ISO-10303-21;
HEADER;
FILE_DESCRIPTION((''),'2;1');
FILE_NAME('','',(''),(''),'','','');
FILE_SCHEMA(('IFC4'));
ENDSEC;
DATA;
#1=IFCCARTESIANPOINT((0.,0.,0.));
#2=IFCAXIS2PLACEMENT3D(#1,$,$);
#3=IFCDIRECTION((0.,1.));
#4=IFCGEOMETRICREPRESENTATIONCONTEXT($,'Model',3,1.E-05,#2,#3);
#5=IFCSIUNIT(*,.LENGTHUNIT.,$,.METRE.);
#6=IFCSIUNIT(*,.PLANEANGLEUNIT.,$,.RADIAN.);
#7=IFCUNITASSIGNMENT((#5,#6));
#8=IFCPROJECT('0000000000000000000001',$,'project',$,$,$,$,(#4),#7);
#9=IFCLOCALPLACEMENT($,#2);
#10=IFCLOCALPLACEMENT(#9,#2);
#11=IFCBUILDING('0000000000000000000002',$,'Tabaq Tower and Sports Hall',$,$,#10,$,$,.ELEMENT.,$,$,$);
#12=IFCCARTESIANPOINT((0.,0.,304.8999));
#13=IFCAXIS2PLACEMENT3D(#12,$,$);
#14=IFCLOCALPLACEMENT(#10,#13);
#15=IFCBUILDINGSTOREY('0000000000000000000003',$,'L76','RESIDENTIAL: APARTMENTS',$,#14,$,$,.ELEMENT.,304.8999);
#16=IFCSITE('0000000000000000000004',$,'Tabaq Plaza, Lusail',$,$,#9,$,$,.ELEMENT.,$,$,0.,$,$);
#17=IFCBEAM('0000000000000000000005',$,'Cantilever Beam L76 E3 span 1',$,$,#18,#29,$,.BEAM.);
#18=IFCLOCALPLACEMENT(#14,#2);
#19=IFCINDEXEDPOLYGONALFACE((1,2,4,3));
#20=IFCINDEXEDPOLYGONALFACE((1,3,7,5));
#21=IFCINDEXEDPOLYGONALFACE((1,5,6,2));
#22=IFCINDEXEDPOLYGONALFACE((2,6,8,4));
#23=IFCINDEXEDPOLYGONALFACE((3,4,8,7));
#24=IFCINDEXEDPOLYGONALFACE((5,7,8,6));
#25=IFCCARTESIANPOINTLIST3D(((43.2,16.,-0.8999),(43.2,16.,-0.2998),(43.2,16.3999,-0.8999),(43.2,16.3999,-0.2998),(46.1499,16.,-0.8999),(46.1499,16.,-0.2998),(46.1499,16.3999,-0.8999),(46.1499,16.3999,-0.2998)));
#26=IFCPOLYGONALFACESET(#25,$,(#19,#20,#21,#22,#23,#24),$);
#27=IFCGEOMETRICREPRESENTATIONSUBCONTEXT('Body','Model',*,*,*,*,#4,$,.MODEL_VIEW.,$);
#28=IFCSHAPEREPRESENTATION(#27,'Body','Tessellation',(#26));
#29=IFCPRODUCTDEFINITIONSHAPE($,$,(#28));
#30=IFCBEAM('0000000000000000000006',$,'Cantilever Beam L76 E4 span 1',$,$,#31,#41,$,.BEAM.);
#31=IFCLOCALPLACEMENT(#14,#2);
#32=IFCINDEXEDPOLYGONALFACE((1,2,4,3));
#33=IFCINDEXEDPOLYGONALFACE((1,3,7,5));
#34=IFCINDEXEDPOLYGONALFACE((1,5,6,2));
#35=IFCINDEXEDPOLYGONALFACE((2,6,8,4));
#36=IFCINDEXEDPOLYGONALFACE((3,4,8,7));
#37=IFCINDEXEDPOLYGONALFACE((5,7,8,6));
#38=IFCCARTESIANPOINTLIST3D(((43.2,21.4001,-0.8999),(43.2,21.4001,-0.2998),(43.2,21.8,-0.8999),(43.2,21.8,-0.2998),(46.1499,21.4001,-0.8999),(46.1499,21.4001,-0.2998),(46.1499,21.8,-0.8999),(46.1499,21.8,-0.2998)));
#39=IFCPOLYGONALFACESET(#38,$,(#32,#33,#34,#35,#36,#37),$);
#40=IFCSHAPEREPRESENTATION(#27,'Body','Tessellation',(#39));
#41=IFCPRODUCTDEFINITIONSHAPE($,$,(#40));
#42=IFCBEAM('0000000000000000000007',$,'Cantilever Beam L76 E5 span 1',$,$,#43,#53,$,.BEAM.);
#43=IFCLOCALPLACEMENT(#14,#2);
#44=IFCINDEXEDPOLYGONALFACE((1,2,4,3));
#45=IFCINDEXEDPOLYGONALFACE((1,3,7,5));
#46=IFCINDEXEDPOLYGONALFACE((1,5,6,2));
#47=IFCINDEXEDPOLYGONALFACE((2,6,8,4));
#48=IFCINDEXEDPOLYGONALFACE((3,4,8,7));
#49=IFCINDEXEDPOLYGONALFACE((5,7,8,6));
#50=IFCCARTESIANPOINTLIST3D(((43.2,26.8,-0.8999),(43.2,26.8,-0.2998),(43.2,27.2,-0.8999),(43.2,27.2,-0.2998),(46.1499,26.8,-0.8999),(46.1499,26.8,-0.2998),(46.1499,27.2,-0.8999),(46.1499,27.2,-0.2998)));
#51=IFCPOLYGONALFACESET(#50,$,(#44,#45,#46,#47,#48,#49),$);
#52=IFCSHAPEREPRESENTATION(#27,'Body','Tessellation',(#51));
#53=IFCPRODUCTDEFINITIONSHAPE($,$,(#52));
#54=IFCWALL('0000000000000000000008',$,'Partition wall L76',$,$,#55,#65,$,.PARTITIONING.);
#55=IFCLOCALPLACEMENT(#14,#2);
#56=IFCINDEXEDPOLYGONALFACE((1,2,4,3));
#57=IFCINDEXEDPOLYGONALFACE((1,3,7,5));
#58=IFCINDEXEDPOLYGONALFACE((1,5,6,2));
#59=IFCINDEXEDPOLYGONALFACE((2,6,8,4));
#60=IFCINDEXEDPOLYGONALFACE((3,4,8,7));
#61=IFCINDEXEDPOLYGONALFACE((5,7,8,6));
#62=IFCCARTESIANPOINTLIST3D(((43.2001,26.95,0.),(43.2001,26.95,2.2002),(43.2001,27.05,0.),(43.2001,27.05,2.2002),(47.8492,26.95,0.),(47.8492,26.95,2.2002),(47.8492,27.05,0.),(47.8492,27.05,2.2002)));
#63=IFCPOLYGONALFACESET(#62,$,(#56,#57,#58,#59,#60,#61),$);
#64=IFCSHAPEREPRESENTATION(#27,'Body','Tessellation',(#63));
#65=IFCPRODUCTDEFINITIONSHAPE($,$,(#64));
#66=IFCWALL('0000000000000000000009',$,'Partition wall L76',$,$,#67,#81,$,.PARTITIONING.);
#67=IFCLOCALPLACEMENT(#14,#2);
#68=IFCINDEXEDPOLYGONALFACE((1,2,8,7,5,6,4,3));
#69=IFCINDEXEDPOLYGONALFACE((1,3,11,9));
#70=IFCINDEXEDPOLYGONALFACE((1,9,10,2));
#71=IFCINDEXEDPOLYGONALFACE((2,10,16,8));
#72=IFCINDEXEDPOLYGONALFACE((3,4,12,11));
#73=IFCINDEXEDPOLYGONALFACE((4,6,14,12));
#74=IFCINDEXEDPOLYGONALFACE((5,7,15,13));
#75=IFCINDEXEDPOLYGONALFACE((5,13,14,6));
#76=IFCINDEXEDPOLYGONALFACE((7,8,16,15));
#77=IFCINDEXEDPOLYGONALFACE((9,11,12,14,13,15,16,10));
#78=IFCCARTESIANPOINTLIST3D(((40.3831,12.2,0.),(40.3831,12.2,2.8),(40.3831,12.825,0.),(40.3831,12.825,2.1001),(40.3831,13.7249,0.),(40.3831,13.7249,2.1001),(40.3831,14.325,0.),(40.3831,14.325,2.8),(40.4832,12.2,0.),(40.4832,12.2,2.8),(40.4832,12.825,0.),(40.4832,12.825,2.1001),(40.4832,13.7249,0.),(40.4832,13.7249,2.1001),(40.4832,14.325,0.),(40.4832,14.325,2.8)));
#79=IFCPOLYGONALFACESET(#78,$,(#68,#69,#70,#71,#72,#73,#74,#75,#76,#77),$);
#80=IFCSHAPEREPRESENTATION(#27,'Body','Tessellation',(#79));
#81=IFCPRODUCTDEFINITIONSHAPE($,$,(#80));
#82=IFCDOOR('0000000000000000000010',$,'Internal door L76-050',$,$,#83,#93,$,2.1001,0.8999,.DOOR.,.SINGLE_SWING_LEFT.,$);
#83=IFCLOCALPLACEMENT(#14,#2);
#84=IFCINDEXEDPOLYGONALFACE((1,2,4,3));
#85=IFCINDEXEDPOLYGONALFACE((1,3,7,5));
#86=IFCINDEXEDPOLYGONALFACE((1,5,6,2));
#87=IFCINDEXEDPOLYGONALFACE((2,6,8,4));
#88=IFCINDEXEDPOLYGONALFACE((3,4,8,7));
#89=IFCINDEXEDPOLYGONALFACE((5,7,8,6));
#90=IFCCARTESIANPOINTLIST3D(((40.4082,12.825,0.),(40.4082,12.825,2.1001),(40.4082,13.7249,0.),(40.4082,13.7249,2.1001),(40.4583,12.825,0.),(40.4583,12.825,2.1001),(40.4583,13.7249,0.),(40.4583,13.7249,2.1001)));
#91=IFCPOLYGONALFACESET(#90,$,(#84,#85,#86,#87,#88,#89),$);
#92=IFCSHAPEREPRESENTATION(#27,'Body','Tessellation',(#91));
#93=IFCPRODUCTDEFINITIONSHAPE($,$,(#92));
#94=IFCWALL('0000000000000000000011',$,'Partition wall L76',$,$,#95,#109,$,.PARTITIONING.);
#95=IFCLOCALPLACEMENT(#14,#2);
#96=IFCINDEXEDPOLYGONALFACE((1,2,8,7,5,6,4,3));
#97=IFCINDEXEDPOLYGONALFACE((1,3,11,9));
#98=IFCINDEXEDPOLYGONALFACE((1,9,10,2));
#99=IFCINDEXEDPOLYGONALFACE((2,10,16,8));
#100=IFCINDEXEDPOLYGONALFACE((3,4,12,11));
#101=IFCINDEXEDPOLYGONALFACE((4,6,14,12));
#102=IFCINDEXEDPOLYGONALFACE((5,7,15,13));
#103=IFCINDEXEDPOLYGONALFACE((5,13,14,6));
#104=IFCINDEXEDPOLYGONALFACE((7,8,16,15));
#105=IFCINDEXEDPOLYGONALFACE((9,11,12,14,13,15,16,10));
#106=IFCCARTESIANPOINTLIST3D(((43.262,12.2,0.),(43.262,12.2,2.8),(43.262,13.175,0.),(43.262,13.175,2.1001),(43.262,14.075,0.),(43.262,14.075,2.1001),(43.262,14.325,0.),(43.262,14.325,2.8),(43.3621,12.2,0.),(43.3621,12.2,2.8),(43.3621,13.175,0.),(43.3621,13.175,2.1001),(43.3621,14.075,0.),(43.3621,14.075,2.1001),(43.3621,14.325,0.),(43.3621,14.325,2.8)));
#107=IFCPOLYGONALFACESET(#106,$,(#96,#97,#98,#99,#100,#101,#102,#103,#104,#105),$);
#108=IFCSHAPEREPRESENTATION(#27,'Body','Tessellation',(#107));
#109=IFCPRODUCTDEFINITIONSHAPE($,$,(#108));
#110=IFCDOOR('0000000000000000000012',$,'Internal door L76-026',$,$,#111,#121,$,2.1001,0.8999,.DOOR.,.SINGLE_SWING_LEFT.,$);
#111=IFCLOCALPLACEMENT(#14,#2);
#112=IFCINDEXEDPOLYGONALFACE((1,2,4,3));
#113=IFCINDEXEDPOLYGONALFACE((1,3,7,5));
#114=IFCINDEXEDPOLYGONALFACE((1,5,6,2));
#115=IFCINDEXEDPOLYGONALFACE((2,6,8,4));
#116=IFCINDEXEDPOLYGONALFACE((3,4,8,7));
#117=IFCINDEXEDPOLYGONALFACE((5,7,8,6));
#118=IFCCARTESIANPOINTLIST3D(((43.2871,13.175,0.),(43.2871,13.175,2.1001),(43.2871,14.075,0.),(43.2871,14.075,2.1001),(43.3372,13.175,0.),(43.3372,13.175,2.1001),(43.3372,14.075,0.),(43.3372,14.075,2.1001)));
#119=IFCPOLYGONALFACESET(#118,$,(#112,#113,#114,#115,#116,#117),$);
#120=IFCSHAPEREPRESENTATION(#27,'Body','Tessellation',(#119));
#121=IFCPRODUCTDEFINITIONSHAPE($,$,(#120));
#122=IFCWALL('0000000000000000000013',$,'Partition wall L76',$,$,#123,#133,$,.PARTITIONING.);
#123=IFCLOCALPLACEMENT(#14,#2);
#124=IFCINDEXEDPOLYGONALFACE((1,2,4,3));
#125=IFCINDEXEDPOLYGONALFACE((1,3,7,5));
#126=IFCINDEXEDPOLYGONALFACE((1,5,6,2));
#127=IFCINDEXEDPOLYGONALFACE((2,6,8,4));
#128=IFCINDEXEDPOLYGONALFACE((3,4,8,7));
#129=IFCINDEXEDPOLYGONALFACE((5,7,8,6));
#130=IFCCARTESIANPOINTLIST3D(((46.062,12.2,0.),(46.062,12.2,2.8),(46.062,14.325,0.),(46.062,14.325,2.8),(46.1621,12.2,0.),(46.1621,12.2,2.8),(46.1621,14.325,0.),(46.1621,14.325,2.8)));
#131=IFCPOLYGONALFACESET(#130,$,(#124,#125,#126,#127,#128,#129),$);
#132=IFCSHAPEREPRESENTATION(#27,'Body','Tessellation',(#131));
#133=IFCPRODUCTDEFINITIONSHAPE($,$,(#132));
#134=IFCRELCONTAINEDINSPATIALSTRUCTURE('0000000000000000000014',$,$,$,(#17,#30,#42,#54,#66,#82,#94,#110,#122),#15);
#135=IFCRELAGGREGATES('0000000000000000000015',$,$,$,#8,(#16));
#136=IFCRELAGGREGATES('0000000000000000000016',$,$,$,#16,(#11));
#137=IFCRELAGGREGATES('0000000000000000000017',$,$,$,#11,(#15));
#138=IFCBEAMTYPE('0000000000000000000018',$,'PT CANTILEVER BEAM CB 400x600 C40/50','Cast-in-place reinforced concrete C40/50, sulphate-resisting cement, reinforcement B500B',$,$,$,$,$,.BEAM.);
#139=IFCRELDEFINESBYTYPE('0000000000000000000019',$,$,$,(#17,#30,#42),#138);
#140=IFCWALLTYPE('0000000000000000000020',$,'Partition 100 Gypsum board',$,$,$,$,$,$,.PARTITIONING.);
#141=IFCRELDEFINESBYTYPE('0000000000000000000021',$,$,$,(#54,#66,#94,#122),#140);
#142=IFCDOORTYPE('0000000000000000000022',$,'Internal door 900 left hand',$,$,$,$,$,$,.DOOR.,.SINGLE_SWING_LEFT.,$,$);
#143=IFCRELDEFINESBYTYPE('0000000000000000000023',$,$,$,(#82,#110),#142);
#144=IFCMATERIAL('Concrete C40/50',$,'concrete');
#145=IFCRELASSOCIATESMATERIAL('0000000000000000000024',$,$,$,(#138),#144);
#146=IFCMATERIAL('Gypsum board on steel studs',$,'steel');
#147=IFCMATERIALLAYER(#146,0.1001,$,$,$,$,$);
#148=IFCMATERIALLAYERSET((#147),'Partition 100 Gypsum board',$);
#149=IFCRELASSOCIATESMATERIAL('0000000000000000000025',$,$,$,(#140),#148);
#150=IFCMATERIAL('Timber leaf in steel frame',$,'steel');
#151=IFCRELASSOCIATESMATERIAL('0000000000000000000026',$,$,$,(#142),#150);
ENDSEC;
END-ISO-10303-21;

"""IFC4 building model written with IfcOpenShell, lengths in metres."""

from ifc_helpers import new_model, si_unit, direction, frame, frame_2d, origin, origin_2d, place, context, subcontext, project, spatial, rectangle, extrude, material, layer, layer_set, material_profile, profile_set, type_object, element, fill, save


model = new_model("IFC4")

# Units and contexts
model_context = context("Model", 3, precision=1e-05, world=origin(), true_north=direction((0.0, 1.0)))
body_context = subcontext(model_context, "Body", "Model", "MODEL_VIEW")
ifc_project = project(units=[si_unit("LENGTHUNIT", "METRE"), si_unit("PLANEANGLEUNIT", "RADIAN")], contexts=[model_context])

# Site, building, storey
site_placement = place(None, origin())
site = spatial("IfcSite", under=ifc_project, at=site_placement, Name="Tabaq Plaza, Lusail", CompositionType="ELEMENT", RefElevation=0.0)
building_placement = place(site_placement, origin())
building = spatial("IfcBuilding", under=site, at=building_placement, Name="Tabaq Tower and Sports Hall", CompositionType="ELEMENT")
storey_placement = place(building_placement, frame((0.0, 0.0, 304.8999)))
storey = spatial("IfcBuildingStorey", under=building, at=storey_placement, Name="L76", Description="RESIDENTIAL: APARTMENTS", CompositionType="ELEMENT", Elevation=304.8999)

# Beams
ifc_material_1 = material(Name="Concrete C40/50", Category="concrete")
ifc_material_profile = material_profile(ifc_material_1, rectangle(XDim=0.3999, YDim=0.6001, at=origin_2d()), Name="CB 400x600")
ifc_profile_set = profile_set([ifc_material_profile], Name="Concrete C40/50")
beam_type = type_object("IfcBeamType", Name="PT CANTILEVER BEAM CB 400x600 C40/50", Description="Cast-in-place reinforced concrete C40/50, sulphate-resisting cement, reinforcement B500B", PredefinedType="BEAM", material=ifc_profile_set)
for number, where, z_axis, x_axis, name in (
    (1, (46.1499, 16.2, -0.5999), (-1.0, 0.0, 0.0), (0.0, -1.0, 0.0), "Cantilever Beam L76 E3 span 1"),
    (2, (46.1499, 21.6001, -0.5999), (-1.0, 0.0, 0.0), (0.0, -1.0, 0.0), "Cantilever Beam L76 E4 span 1"),
    (3, (46.1499, 27.0, -0.5999), (-1.0, 0.0, 0.0), (0.0, -1.0, 0.0), "Cantilever Beam L76 E5 span 1"),
):
    element("IfcBeam", number, at=place(storey_placement, frame(where, z_axis=z_axis, x_axis=x_axis)), inside=storey, type_object=beam_type, Name=name, PredefinedType="BEAM", context=body_context, shape_type="SweptSolid", body=[
        extrude(rectangle(XDim=0.3999, YDim=0.6001, at=origin_2d()), origin(), (0.0, 0.0, 1.0), 2.95),
    ])

# Wall
ifc_material_2 = material(Name="Gypsum board on steel studs", Category="steel")
ifc_layer_1 = layer(ifc_material_2, 0.1001)
ifc_layer_set_1 = layer_set([ifc_layer_1], Name="Partition 100 Gypsum board")
wall_type_1 = type_object("IfcWallType", Name="Partition 100 Gypsum board", PredefinedType="PARTITIONING", material=ifc_layer_set_1)
wall_1_placement = place(storey_placement, frame((43.2, 27.0, 0.0), z_axis=(0.0, 0.0, 1.0), x_axis=(1.0, 0.0, 0.0)))
element("IfcWall", 4, at=wall_1_placement, inside=storey, type_object=wall_type_1, Name="Partition wall L76", PredefinedType="PARTITIONING", context=body_context, shape_type="SweptSolid", body=[
    extrude(rectangle(XDim=4.6492, YDim=0.1001, at=frame_2d((2.3247, 0.0))), origin(), (0.0, 0.0, 1.0), 2.2002),
])

# Walls, openings, doors
wall_2_placement = place(storey_placement, frame((40.4331, 12.2, 0.0), z_axis=(0.0, 0.0, 1.0), x_axis=(0.0, 1.0, 0.0)))
wall_2 = element("IfcWall", 5, at=wall_2_placement, inside=storey, type_object=wall_type_1, Name="Partition wall L76", PredefinedType="PARTITIONING", context=body_context, shape_type="SweptSolid", body=[
    extrude(rectangle(XDim=2.125, YDim=0.1001, at=frame_2d((1.0625, 0.0))), origin(), (0.0, 0.0, 1.0), 2.8),
])
opening_1_placement = place(wall_2_placement, frame((0.625, 0.0, 0.0)))
opening_1 = element("IfcOpeningElement", 6, at=opening_1_placement, cuts=wall_2, PredefinedType="OPENING", context=body_context, shape_type="SweptSolid", body=[
    extrude(rectangle(XDim=0.8999, YDim=2.1001, at=frame_2d((0.45, 1.05))), frame((0.0, 0.05, 0.0), z_axis=(0.0, -1.0, 0.0), x_axis=(1.0, 0.0, 0.0)), (0.0, 0.0, 1.0), 0.1001),
])
ifc_material_3 = material(Name="Timber leaf in steel frame", Category="steel")
door_type_1 = type_object("IfcDoorType", Name="Internal door 900 left hand", OperationType="SINGLE_SWING_LEFT", PredefinedType="DOOR", material=ifc_material_3)
door_1_placement = place(opening_1_placement, origin())
door_1 = element("IfcDoor", 7, at=door_1_placement, inside=storey, type_object=door_type_1, Name="Internal door L76-050", OperationType="SINGLE_SWING_LEFT", OverallHeight=2.1001, OverallWidth=0.8999, PredefinedType="DOOR", context=body_context, shape_type="SweptSolid", body=[
    extrude(rectangle(XDim=0.8999, YDim=2.1001, at=frame_2d((0.45, 1.05))), frame((0.0, 0.0249, 0.0), z_axis=(0.0, -1.0, 0.0), x_axis=(1.0, 0.0, 0.0)), (0.0, 0.0, 1.0), 0.05),
])
fill(opening_1, door_1)
wall_3_placement = place(storey_placement, frame((43.312, 12.2, 0.0), z_axis=(0.0, 0.0, 1.0), x_axis=(0.0, 1.0, 0.0)))
wall_3 = element("IfcWall", 8, at=wall_3_placement, inside=storey, type_object=wall_type_1, Name="Partition wall L76", PredefinedType="PARTITIONING", context=body_context, shape_type="SweptSolid", body=[
    extrude(rectangle(XDim=2.125, YDim=0.1001, at=frame_2d((1.0625, 0.0))), origin(), (0.0, 0.0, 1.0), 2.8),
])
opening_2_placement = place(wall_3_placement, frame((0.9751, 0.0, 0.0)))
opening_2 = element("IfcOpeningElement", 9, at=opening_2_placement, cuts=wall_3, PredefinedType="OPENING", context=body_context, shape_type="SweptSolid", body=[
    extrude(rectangle(XDim=0.8999, YDim=2.1001, at=frame_2d((0.45, 1.05))), frame((0.0, 0.05, 0.0), z_axis=(0.0, -1.0, 0.0), x_axis=(1.0, 0.0, 0.0)), (0.0, 0.0, 1.0), 0.1001),
])
door_2_placement = place(opening_2_placement, origin())
door_2 = element("IfcDoor", 10, at=door_2_placement, inside=storey, type_object=door_type_1, Name="Internal door L76-026", OperationType="SINGLE_SWING_LEFT", OverallHeight=2.1001, OverallWidth=0.8999, PredefinedType="DOOR", context=body_context, shape_type="SweptSolid", body=[
    extrude(rectangle(XDim=0.8999, YDim=2.1001, at=frame_2d((0.45, 1.05))), frame((0.0, 0.0249, 0.0), z_axis=(0.0, -1.0, 0.0), x_axis=(1.0, 0.0, 0.0)), (0.0, 0.0, 1.0), 0.05),
])
fill(opening_2, door_2)

# Wall
wall_4_placement = place(storey_placement, frame((46.1121, 12.2, 0.0), z_axis=(0.0, 0.0, 1.0), x_axis=(0.0, 1.0, 0.0)))
element("IfcWall", 11, at=wall_4_placement, inside=storey, type_object=wall_type_1, Name="Partition wall L76", PredefinedType="PARTITIONING", context=body_context, shape_type="SweptSolid", body=[
    extrude(rectangle(XDim=2.125, YDim=0.1001, at=frame_2d((1.0625, 0.0))), origin(), (0.0, 0.0, 1.0), 2.8),
])

save(model, "model.ifc")
